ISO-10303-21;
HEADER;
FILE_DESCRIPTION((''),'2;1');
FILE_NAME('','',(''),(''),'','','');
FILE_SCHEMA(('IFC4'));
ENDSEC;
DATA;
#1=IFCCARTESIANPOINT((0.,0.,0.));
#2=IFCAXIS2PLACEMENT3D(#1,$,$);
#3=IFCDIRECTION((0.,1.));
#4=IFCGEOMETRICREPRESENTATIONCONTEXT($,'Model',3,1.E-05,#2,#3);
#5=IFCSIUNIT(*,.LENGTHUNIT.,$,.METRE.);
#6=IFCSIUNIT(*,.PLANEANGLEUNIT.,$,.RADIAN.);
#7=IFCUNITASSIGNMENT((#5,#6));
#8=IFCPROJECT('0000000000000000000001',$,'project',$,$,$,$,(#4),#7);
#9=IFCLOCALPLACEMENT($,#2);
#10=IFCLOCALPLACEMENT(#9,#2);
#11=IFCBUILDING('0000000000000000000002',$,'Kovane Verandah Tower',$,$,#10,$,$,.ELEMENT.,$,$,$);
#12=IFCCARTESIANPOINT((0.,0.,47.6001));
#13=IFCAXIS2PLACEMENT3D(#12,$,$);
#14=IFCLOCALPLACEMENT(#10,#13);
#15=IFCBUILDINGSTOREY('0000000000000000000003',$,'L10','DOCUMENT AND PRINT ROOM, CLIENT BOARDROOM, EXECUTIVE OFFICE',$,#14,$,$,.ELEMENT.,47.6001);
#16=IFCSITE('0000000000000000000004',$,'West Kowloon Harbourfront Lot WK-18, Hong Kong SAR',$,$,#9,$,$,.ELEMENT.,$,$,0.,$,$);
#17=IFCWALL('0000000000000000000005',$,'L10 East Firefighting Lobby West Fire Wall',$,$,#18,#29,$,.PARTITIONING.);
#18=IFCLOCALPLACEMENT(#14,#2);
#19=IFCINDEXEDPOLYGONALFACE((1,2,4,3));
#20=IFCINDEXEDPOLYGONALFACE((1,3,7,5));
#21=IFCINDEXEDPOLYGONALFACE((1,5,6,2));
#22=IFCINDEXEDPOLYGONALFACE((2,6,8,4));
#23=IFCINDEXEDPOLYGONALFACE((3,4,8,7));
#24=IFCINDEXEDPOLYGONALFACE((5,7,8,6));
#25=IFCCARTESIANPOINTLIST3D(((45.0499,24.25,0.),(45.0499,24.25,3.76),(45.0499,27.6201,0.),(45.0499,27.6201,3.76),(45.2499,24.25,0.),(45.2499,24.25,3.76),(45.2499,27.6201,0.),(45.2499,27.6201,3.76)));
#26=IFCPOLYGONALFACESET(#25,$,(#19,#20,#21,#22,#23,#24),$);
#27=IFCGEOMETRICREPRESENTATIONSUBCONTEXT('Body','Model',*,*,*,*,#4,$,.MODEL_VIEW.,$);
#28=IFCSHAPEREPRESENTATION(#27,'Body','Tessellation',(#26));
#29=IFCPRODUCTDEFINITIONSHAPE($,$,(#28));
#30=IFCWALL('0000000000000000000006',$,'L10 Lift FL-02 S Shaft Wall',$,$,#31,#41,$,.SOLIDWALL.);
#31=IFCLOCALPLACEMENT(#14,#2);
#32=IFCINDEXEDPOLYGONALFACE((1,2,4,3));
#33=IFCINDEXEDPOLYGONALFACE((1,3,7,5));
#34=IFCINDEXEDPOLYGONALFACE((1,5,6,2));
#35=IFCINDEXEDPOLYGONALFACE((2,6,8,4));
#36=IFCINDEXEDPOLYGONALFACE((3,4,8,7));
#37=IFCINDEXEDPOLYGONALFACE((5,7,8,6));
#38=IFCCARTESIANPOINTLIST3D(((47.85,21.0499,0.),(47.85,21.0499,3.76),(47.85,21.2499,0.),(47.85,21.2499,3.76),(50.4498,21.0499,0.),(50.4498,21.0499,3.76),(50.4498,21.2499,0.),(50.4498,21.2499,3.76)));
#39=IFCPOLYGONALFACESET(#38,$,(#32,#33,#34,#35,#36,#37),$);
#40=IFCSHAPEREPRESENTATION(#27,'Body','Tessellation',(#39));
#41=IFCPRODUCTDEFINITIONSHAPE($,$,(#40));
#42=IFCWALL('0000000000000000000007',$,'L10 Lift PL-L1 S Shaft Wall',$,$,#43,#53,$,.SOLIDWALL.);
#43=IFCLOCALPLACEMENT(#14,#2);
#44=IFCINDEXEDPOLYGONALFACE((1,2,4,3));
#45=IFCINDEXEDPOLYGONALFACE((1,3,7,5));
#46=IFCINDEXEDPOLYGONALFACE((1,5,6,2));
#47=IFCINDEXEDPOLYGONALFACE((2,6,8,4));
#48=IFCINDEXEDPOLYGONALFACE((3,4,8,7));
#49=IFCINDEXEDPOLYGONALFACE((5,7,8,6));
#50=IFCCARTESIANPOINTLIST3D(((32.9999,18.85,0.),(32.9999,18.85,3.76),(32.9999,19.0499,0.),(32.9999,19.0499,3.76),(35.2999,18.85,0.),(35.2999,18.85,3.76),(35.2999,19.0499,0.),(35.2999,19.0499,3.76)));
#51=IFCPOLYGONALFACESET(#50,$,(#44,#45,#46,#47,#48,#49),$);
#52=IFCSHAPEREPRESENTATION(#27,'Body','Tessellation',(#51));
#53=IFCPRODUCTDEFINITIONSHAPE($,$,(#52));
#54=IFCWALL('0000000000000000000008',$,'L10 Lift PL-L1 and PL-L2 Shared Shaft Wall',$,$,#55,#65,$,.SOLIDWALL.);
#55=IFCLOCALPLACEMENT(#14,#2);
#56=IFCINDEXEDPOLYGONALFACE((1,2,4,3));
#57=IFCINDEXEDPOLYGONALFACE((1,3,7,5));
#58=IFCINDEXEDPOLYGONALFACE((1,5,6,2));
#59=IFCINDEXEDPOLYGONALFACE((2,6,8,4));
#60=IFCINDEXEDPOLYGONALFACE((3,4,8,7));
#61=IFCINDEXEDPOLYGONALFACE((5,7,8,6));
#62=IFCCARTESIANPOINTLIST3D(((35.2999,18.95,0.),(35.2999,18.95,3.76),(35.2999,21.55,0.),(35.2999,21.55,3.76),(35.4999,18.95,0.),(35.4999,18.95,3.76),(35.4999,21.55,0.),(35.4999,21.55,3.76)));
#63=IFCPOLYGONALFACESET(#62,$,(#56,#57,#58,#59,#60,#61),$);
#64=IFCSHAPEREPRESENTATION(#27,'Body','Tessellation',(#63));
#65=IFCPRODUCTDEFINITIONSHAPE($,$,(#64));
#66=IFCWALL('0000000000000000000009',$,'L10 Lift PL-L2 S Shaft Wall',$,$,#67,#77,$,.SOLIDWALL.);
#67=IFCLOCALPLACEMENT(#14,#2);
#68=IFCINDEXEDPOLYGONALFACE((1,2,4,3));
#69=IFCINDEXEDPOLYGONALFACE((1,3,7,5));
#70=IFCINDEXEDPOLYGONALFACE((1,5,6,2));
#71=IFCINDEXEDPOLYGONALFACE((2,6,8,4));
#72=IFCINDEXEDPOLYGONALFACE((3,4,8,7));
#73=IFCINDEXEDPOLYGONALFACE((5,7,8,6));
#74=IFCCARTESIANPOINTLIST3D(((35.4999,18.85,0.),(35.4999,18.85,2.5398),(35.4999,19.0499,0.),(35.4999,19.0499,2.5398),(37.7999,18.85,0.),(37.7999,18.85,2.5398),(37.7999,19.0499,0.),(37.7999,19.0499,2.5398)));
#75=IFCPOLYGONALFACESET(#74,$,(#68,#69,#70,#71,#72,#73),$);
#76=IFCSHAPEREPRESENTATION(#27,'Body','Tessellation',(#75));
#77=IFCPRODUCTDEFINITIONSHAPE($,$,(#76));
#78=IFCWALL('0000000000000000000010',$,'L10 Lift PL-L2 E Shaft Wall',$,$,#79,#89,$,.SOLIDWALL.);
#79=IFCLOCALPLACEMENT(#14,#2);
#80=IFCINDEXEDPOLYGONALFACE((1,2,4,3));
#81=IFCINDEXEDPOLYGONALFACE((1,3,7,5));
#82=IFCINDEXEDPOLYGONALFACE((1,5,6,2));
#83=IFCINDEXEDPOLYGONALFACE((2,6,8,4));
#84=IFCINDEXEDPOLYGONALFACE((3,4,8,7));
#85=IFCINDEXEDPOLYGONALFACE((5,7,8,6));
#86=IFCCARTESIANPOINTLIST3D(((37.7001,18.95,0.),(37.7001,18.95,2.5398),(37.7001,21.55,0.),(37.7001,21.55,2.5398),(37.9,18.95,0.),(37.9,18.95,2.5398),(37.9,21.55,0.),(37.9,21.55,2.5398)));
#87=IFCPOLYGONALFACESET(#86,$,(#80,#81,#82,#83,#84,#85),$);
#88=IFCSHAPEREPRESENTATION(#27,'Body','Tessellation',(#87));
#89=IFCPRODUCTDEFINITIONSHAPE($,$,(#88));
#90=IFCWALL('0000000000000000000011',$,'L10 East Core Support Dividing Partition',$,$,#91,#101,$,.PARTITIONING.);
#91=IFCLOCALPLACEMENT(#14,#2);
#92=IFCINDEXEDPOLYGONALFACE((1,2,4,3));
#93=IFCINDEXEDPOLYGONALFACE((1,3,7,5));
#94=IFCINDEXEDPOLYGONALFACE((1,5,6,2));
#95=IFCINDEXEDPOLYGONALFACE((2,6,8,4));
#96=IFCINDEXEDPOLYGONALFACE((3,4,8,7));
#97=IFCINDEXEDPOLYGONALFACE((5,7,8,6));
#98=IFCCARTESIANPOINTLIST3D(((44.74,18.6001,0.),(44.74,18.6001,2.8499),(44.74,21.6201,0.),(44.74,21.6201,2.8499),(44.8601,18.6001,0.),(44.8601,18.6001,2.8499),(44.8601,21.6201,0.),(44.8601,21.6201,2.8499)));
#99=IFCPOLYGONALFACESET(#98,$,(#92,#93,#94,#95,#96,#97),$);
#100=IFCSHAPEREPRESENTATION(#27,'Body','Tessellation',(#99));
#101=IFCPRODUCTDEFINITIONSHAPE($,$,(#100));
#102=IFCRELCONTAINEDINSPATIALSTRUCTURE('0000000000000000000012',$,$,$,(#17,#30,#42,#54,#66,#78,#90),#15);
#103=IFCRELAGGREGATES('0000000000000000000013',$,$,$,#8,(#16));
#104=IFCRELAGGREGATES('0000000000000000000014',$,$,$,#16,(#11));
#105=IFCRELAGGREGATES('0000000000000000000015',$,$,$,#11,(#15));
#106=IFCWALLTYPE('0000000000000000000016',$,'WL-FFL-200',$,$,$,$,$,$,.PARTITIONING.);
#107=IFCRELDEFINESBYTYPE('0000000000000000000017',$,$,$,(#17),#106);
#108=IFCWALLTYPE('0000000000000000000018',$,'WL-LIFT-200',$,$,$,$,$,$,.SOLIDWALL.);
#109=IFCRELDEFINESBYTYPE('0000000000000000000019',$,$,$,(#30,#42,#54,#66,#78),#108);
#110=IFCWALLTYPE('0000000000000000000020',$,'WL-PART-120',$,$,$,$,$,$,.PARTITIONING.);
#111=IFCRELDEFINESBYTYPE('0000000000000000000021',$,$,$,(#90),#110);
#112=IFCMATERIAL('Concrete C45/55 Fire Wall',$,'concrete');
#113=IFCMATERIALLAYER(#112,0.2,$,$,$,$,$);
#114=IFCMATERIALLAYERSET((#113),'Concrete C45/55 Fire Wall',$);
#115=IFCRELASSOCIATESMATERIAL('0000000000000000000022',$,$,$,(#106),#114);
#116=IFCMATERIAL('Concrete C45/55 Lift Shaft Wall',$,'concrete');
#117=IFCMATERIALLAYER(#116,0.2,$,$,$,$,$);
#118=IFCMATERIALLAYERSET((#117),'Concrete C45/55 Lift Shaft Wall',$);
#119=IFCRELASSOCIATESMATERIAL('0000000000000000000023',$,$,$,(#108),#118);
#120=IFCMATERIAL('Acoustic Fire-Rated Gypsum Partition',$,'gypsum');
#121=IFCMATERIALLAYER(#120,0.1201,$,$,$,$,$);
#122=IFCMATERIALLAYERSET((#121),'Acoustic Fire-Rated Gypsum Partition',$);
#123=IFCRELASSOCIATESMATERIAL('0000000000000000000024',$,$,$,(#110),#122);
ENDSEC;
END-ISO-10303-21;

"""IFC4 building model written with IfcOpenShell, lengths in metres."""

from ifc_helpers import new_model, si_unit, direction, frame, frame_2d, origin, place, context, subcontext, project, spatial, rectangle, extrude, material, layer, layer_set, type_object, element, save


model = new_model("IFC4")

# Units and contexts
model_context = context("Model", 3, precision=1e-05, world=origin(), true_north=direction((0.0, 1.0)))
body_context = subcontext(model_context, "Body", "Model", "MODEL_VIEW")
ifc_project = project(units=[si_unit("LENGTHUNIT", "METRE"), si_unit("PLANEANGLEUNIT", "RADIAN")], contexts=[model_context])

# Site, building, storey
site_placement = place(None, origin())
site = spatial("IfcSite", under=ifc_project, at=site_placement, Name="West Kowloon Harbourfront Lot WK-18, Hong Kong SAR", CompositionType="ELEMENT", RefElevation=0.0)
building_placement = place(site_placement, origin())
building = spatial("IfcBuilding", under=site, at=building_placement, Name="Kovane Verandah Tower", CompositionType="ELEMENT")
storey_placement = place(building_placement, frame((0.0, 0.0, 47.6001)))
storey = spatial("IfcBuildingStorey", under=building, at=storey_placement, Name="L10", Description="DOCUMENT AND PRINT ROOM, CLIENT BOARDROOM, EXECUTIVE OFFICE", CompositionType="ELEMENT", Elevation=47.6001)

# Walls
ifc_material_1 = material(Name="Concrete C45/55 Fire Wall", Category="concrete")
ifc_layer_1 = layer(ifc_material_1, 0.2)
ifc_layer_set_1 = layer_set([ifc_layer_1], Name="Concrete C45/55 Fire Wall")
wall_type_1 = type_object("IfcWallType", Name="WL-FFL-200", PredefinedType="PARTITIONING", material=ifc_layer_set_1)
wall_1_placement = place(storey_placement, frame((45.1499, 24.25, 0.0), z_axis=(0.0, 0.0, 1.0), x_axis=(0.0, 1.0, 0.0)))
element("IfcWall", 1, at=wall_1_placement, inside=storey, type_object=wall_type_1, Name="L10 East Firefighting Lobby West Fire Wall", PredefinedType="PARTITIONING", context=body_context, shape_type="SweptSolid", body=[
    extrude(rectangle(XDim=3.3701, YDim=0.2, at=frame_2d((1.6851, 0.0))), origin(), (0.0, 0.0, 1.0), 3.76),
])
ifc_material_2 = material(Name="Concrete C45/55 Lift Shaft Wall", Category="concrete")
ifc_layer_2 = layer(ifc_material_2, 0.2)
ifc_layer_set_2 = layer_set([ifc_layer_2], Name="Concrete C45/55 Lift Shaft Wall")
wall_type_2 = type_object("IfcWallType", Name="WL-LIFT-200", PredefinedType="SOLIDWALL", material=ifc_layer_set_2)
wall_2_placement = place(storey_placement, frame((47.8501, 21.1499, 0.0), z_axis=(0.0, 0.0, 1.0), x_axis=(1.0, 0.0, 0.0)))
element("IfcWall", 2, at=wall_2_placement, inside=storey, type_object=wall_type_2, Name="L10 Lift FL-02 S Shaft Wall", PredefinedType="SOLIDWALL", context=body_context, shape_type="SweptSolid", body=[
    extrude(rectangle(XDim=2.5999, YDim=0.2, at=frame_2d((1.2998, 0.0))), origin(), (0.0, 0.0, 1.0), 3.76),
])
wall_3_placement = place(storey_placement, frame((33.0, 18.95, 0.0), z_axis=(0.0, 0.0, 1.0), x_axis=(1.0, 0.0, 0.0)))
element("IfcWall", 3, at=wall_3_placement, inside=storey, type_object=wall_type_2, Name="L10 Lift PL-L1 S Shaft Wall", PredefinedType="SOLIDWALL", context=body_context, shape_type="SweptSolid", body=[
    extrude(rectangle(XDim=2.3, YDim=0.2, at=frame_2d((1.1499, 0.0))), origin(), (0.0, 0.0, 1.0), 3.76),
])

# Walls
wall_4_placement = place(storey_placement, frame((35.3999, 18.95, 0.0), z_axis=(0.0, 0.0, 1.0), x_axis=(0.0, 1.0, 0.0)))
element("IfcWall", 4, at=wall_4_placement, inside=storey, type_object=wall_type_2, Name="L10 Lift PL-L1 and PL-L2 Shared Shaft Wall", PredefinedType="SOLIDWALL", context=body_context, shape_type="SweptSolid", body=[
    extrude(rectangle(XDim=2.6001, YDim=0.2, at=frame_2d((1.3, 0.0))), origin(), (0.0, 0.0, 1.0), 3.76),
])
wall_5_placement = place(storey_placement, frame((35.5, 18.95, 0.0), z_axis=(0.0, 0.0, 1.0), x_axis=(1.0, 0.0, 0.0)))
element("IfcWall", 5, at=wall_5_placement, inside=storey, type_object=wall_type_2, Name="L10 Lift PL-L2 S Shaft Wall", PredefinedType="SOLIDWALL", context=body_context, shape_type="SweptSolid", body=[
    extrude(rectangle(XDim=2.3, YDim=0.2, at=frame_2d((1.1499, 0.0))), origin(), (0.0, 0.0, 1.0), 2.5398),
])

# Walls
wall_6_placement = place(storey_placement, frame((37.8, 18.95, 0.0), z_axis=(0.0, 0.0, 1.0), x_axis=(0.0, 1.0, 0.0)))
element("IfcWall", 6, at=wall_6_placement, inside=storey, type_object=wall_type_2, Name="L10 Lift PL-L2 E Shaft Wall", PredefinedType="SOLIDWALL", context=body_context, shape_type="SweptSolid", body=[
    extrude(rectangle(XDim=2.6001, YDim=0.2, at=frame_2d((1.3, 0.0))), origin(), (0.0, 0.0, 1.0), 2.5398),
])
ifc_material_3 = material(Name="Acoustic Fire-Rated Gypsum Partition", Category="gypsum")
ifc_layer_3 = layer(ifc_material_3, 0.1201)
ifc_layer_set_3 = layer_set([ifc_layer_3], Name="Acoustic Fire-Rated Gypsum Partition")
wall_type_3 = type_object("IfcWallType", Name="WL-PART-120", PredefinedType="PARTITIONING", material=ifc_layer_set_3)
wall_7_placement = place(storey_placement, frame((44.8, 18.6001, 0.0), z_axis=(0.0, 0.0, 1.0), x_axis=(0.0, 1.0, 0.0)))
element("IfcWall", 7, at=wall_7_placement, inside=storey, type_object=wall_type_3, Name="L10 East Core Support Dividing Partition", PredefinedType="PARTITIONING", context=body_context, shape_type="SweptSolid", body=[
    extrude(rectangle(XDim=3.02, YDim=0.1201, at=frame_2d((1.51, 0.0))), origin(), (0.0, 0.0, 1.0), 2.8499),
])

save(model, "model.ifc")
